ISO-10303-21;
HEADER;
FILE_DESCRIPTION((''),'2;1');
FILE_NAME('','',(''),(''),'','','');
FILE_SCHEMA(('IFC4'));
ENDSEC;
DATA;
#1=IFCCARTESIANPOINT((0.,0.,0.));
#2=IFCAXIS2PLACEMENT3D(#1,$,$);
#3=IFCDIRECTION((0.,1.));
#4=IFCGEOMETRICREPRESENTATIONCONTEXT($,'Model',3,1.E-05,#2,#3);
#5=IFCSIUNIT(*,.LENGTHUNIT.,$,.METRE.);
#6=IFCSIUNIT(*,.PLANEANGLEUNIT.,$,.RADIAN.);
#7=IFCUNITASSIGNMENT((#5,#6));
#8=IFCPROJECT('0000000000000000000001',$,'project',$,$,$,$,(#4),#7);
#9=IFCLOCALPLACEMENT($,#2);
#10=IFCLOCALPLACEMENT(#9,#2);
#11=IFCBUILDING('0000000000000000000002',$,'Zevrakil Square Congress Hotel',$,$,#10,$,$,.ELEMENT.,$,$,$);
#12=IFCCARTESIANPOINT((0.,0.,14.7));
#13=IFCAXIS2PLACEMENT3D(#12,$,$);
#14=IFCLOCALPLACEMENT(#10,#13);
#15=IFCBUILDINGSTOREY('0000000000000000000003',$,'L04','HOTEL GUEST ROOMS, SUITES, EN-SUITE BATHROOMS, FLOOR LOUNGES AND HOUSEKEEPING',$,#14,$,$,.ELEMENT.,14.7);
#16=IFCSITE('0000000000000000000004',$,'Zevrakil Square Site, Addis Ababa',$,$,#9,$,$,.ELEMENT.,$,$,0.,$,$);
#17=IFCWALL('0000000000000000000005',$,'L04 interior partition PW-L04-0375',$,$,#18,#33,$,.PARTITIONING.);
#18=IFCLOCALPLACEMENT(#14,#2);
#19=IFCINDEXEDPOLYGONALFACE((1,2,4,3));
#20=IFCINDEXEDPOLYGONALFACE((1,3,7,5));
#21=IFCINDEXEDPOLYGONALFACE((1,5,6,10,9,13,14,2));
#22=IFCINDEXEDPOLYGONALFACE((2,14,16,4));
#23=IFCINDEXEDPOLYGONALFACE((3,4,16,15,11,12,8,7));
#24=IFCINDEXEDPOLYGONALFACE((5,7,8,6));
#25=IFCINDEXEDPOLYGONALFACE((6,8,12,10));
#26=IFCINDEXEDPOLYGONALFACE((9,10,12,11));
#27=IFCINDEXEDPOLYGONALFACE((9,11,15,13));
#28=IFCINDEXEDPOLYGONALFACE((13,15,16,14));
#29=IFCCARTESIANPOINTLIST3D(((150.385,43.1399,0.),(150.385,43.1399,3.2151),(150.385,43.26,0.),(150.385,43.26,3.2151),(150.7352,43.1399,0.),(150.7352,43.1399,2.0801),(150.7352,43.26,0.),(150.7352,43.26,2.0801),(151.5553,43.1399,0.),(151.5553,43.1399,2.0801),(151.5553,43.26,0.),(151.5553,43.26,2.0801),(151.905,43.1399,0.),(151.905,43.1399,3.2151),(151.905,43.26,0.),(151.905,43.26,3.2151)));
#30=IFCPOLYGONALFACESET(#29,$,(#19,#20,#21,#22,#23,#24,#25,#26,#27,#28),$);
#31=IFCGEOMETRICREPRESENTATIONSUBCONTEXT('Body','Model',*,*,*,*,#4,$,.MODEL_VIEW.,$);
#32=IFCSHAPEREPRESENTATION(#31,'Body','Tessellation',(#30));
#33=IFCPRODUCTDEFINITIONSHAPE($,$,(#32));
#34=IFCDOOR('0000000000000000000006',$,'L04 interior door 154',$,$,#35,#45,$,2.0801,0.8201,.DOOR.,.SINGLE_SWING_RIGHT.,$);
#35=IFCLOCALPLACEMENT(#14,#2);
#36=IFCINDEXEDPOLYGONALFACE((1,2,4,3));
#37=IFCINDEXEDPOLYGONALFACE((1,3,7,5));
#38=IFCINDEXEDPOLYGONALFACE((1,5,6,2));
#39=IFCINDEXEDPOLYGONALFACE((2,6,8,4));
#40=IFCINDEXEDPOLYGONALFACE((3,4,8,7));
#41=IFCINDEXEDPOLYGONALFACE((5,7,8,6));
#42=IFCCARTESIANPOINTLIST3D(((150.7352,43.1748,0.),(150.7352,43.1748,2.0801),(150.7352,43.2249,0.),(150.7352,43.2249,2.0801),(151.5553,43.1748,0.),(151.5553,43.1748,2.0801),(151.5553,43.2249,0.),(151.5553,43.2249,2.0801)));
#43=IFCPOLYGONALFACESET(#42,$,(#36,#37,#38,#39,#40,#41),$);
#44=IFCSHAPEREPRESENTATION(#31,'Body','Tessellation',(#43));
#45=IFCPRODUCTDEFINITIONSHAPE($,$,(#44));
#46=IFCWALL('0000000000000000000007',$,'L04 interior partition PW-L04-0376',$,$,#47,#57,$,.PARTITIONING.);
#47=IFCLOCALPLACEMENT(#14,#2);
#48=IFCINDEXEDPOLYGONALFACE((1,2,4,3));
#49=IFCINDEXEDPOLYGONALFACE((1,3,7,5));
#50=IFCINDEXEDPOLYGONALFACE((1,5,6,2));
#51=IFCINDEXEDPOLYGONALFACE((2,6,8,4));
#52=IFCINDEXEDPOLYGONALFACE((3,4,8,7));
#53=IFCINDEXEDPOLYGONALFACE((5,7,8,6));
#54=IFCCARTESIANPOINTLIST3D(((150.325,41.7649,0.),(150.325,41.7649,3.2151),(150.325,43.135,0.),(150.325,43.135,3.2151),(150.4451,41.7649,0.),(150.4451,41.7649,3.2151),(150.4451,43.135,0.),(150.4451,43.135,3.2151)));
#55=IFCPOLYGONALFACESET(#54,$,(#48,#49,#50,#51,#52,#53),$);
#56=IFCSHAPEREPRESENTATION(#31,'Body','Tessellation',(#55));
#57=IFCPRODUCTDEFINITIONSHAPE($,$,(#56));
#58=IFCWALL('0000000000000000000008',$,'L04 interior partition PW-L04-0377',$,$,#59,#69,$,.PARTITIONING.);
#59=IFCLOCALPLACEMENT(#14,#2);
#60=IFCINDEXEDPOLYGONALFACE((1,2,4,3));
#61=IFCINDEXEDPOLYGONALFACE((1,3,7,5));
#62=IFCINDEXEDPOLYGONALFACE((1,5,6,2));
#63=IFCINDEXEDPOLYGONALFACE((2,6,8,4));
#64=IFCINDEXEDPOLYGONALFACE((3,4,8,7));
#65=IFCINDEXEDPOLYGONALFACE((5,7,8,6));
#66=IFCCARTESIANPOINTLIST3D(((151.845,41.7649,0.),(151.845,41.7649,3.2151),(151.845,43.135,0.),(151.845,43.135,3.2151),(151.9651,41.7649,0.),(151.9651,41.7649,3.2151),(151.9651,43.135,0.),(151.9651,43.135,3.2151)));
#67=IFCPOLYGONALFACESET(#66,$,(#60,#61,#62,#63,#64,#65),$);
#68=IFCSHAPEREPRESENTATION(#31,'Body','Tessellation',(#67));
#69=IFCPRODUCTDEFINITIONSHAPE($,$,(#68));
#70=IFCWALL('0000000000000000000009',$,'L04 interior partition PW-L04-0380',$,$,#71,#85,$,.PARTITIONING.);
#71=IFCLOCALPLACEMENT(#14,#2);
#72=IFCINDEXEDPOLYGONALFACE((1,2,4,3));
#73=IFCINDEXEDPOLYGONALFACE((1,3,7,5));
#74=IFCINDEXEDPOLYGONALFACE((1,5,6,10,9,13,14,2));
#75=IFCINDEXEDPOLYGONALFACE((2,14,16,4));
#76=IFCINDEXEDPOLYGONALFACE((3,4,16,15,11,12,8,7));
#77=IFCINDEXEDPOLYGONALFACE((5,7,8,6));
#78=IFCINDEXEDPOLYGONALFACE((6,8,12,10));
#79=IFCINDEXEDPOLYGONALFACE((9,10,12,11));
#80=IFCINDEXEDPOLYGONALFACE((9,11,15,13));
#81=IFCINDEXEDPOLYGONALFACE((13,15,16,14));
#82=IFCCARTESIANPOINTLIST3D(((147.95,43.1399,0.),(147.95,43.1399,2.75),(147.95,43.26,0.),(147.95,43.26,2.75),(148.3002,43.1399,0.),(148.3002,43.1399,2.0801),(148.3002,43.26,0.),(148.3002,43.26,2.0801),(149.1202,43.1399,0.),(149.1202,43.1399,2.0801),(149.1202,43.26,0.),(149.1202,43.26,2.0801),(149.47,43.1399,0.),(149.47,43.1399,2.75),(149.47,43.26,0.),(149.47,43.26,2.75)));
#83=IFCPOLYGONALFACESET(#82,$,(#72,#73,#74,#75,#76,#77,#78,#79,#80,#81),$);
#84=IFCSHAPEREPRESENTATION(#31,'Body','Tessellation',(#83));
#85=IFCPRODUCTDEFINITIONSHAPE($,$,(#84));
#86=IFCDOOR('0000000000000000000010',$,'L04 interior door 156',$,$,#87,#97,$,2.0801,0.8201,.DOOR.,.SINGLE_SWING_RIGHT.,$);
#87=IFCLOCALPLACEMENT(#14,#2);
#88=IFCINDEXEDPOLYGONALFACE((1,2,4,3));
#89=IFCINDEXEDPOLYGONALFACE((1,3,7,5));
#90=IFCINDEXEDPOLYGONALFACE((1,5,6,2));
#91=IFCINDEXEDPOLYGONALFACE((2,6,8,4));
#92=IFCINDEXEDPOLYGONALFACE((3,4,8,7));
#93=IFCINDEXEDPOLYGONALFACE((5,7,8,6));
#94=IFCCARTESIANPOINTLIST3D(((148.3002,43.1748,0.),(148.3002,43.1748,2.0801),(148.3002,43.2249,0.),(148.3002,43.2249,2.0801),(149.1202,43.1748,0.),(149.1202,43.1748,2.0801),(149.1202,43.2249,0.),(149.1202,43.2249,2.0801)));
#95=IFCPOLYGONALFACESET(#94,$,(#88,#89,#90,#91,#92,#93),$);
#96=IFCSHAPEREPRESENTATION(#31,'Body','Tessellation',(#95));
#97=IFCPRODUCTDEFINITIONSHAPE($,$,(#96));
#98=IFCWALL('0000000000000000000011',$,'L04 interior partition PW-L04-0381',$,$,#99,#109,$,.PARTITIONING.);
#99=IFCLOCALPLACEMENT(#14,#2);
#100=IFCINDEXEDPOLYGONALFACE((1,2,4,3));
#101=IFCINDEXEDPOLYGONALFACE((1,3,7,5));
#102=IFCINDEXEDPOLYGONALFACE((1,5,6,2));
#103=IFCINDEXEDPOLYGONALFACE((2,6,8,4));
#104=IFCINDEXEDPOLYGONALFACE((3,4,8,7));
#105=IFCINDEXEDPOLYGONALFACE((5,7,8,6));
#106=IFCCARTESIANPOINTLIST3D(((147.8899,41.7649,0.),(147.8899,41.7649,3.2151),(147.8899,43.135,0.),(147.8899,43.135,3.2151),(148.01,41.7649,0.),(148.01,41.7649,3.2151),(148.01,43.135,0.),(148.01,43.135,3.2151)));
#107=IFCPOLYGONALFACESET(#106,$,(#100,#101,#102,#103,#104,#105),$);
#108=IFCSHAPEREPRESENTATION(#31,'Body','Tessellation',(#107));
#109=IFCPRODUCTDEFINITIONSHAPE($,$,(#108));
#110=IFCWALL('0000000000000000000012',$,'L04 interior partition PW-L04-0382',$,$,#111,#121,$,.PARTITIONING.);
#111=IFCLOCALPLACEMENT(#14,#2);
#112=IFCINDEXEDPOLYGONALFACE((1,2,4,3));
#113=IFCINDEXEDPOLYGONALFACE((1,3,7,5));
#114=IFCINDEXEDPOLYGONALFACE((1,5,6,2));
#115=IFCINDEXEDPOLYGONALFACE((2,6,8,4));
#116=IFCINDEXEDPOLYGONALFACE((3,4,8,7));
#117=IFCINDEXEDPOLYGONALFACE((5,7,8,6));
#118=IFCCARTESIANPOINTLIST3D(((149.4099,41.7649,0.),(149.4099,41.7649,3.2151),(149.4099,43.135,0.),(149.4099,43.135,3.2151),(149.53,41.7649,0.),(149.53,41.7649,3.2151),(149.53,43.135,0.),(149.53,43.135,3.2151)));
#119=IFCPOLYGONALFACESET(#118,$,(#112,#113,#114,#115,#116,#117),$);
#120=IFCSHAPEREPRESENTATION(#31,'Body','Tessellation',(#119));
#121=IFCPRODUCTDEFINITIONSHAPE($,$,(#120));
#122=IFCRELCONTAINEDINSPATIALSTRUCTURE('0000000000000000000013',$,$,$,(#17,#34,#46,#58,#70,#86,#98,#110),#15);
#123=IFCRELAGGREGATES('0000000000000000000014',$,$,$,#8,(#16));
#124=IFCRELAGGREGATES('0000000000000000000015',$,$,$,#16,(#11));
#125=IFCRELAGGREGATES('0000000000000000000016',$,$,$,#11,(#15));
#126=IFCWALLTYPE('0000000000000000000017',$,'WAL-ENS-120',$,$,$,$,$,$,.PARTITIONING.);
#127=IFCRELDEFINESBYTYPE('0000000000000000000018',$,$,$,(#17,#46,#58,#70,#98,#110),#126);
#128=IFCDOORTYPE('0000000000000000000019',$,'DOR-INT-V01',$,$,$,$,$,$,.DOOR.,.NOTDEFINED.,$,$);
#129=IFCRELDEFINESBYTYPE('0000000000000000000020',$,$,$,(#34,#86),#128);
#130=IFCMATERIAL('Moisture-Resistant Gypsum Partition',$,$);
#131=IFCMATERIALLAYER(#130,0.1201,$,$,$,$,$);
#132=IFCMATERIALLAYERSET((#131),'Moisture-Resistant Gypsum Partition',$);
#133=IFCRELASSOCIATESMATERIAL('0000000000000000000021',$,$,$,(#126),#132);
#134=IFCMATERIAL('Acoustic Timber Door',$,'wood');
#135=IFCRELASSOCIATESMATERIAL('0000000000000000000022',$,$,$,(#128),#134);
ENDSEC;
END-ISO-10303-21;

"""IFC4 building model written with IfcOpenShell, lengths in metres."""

from ifc_helpers import new_model, si_unit, direction, frame, frame_2d, origin, place, context, subcontext, project, spatial, rectangle, extrude, material, layer, layer_set, type_object, element, fill, save


model = new_model("IFC4")

# Units and contexts
model_context = context("Model", 3, precision=1e-05, world=origin(), true_north=direction((0.0, 1.0)))
body_context = subcontext(model_context, "Body", "Model", "MODEL_VIEW")
ifc_project = project(units=[si_unit("LENGTHUNIT", "METRE"), si_unit("PLANEANGLEUNIT", "RADIAN")], contexts=[model_context])

# Site, building, storey
site_placement = place(None, origin())
site = spatial("IfcSite", under=ifc_project, at=site_placement, Name="Zevrakil Square Site, Addis Ababa", CompositionType="ELEMENT", RefElevation=0.0)
building_placement = place(site_placement, origin())
building = spatial("IfcBuilding", under=site, at=building_placement, Name="Zevrakil Square Congress Hotel", CompositionType="ELEMENT")
storey_placement = place(building_placement, frame((0.0, 0.0, 14.7)))
storey = spatial("IfcBuildingStorey", under=building, at=storey_placement, Name="L04", Description="HOTEL GUEST ROOMS, SUITES, EN-SUITE BATHROOMS, FLOOR LOUNGES AND HOUSEKEEPING", CompositionType="ELEMENT", Elevation=14.7)

# Shared definitions
ifc_material_1 = material(Name="Moisture-Resistant Gypsum Partition")
ifc_layer_1 = layer(ifc_material_1, 0.1201)
ifc_layer_set_1 = layer_set([ifc_layer_1], Name="Moisture-Resistant Gypsum Partition")
wall_type_1 = type_object("IfcWallType", Name="WAL-ENS-120", PredefinedType="PARTITIONING", material=ifc_layer_set_1)

# Wall, opening, door
wall_1_placement = place(storey_placement, frame((150.385, 43.2, 0.0), z_axis=(0.0, 0.0, 1.0), x_axis=(1.0, 0.0, 0.0)))
wall_1 = element("IfcWall", 1, at=wall_1_placement, inside=storey, type_object=wall_type_1, Name="L04 interior partition PW-L04-0375", PredefinedType="PARTITIONING", context=body_context, shape_type="SweptSolid", body=[
    extrude(rectangle(XDim=1.52, YDim=0.1201, at=frame_2d((0.76, 0.0))), origin(), (0.0, 0.0, 1.0), 3.2151),
])
opening_1_placement = place(wall_1_placement, frame((0.3501, 0.0, 0.0)))
opening_1 = element("IfcOpeningElement", 2, at=opening_1_placement, cuts=wall_1, PredefinedType="OPENING", context=body_context, shape_type="SweptSolid", body=[
    extrude(rectangle(XDim=0.8201, YDim=2.0801, at=frame_2d((0.4102, 1.04))), frame((0.0, 0.0701, 0.0), z_axis=(0.0, -1.0, 0.0), x_axis=(1.0, 0.0, 0.0)), (0.0, 0.0, 1.0), 0.1401),
])
ifc_material_2 = material(Name="Acoustic Timber Door", Category="wood")
door_type_1 = type_object("IfcDoorType", Name="DOR-INT-V01", OperationType="NOTDEFINED", PredefinedType="DOOR", material=ifc_material_2)
door_1_placement = place(opening_1_placement, origin())
door_1 = element("IfcDoor", 3, at=door_1_placement, inside=storey, type_object=door_type_1, Name="L04 interior door 154", OperationType="SINGLE_SWING_RIGHT", OverallHeight=2.0801, OverallWidth=0.8201, PredefinedType="DOOR", context=body_context, shape_type="SweptSolid", body=[
    extrude(rectangle(XDim=0.8201, YDim=2.0801, at=frame_2d((0.4102, 1.04))), frame((0.0, 0.0249, 0.0), z_axis=(0.0, -1.0, 0.0), x_axis=(1.0, 0.0, 0.0)), (0.0, 0.0, 1.0), 0.05),
])
fill(opening_1, door_1)

# Walls
for number, where, z_axis, x_axis, name in (
    (4, (150.385, 41.7649, 0.0), (0.0, 0.0, 1.0), (0.0, 1.0, 0.0), "L04 interior partition PW-L04-0376"),
    (5, (151.905, 41.7649, 0.0), (0.0, 0.0, 1.0), (0.0, 1.0, 0.0), "L04 interior partition PW-L04-0377"),
):
    element("IfcWall", number, at=place(storey_placement, frame(where, z_axis=z_axis, x_axis=x_axis)), inside=storey, type_object=wall_type_1, Name=name, PredefinedType="PARTITIONING", context=body_context, shape_type="SweptSolid", body=[
        extrude(rectangle(XDim=1.3701, YDim=0.1201, at=frame_2d((0.6851, 0.0))), origin(), (0.0, 0.0, 1.0), 3.2151),
    ])

# Wall, opening, door
wall_2_placement = place(storey_placement, frame((147.95, 43.2, 0.0), z_axis=(0.0, 0.0, 1.0), x_axis=(1.0, 0.0, 0.0)))
wall_2 = element("IfcWall", 6, at=wall_2_placement, inside=storey, type_object=wall_type_1, Name="L04 interior partition PW-L04-0380", PredefinedType="PARTITIONING", context=body_context, shape_type="SweptSolid", body=[
    extrude(rectangle(XDim=1.52, YDim=0.1201, at=frame_2d((0.76, 0.0))), origin(), (0.0, 0.0, 1.0), 2.75),
])
opening_2_placement = place(wall_2_placement, frame((0.3501, 0.0, 0.0)))
opening_2 = element("IfcOpeningElement", 7, at=opening_2_placement, cuts=wall_2, PredefinedType="OPENING", context=body_context, shape_type="SweptSolid", body=[
    extrude(rectangle(XDim=0.8201, YDim=2.0801, at=frame_2d((0.4102, 1.04))), frame((0.0, 0.0701, 0.0), z_axis=(0.0, -1.0, 0.0), x_axis=(1.0, 0.0, 0.0)), (0.0, 0.0, 1.0), 0.1401),
])
door_2_placement = place(opening_2_placement, origin())
door_2 = element("IfcDoor", 8, at=door_2_placement, inside=storey, type_object=door_type_1, Name="L04 interior door 156", OperationType="SINGLE_SWING_RIGHT", OverallHeight=2.0801, OverallWidth=0.8201, PredefinedType="DOOR", context=body_context, shape_type="SweptSolid", body=[
    extrude(rectangle(XDim=0.8201, YDim=2.0801, at=frame_2d((0.4102, 1.04))), frame((0.0, 0.0249, 0.0), z_axis=(0.0, -1.0, 0.0), x_axis=(1.0, 0.0, 0.0)), (0.0, 0.0, 1.0), 0.05),
])
fill(opening_2, door_2)

# Walls
for number, where, z_axis, x_axis, name in (
    (9, (147.95, 41.7649, 0.0), (0.0, 0.0, 1.0), (0.0, 1.0, 0.0), "L04 interior partition PW-L04-0381"),
    (10, (149.47, 41.7649, 0.0), (0.0, 0.0, 1.0), (0.0, 1.0, 0.0), "L04 interior partition PW-L04-0382"),
):
    element("IfcWall", number, at=place(storey_placement, frame(where, z_axis=z_axis, x_axis=x_axis)), inside=storey, type_object=wall_type_1, Name=name, PredefinedType="PARTITIONING", context=body_context, shape_type="SweptSolid", body=[
        extrude(rectangle(XDim=1.3701, YDim=0.1201, at=frame_2d((0.6851, 0.0))), origin(), (0.0, 0.0, 1.0), 3.2151),
    ])

save(model, "model.ifc")
